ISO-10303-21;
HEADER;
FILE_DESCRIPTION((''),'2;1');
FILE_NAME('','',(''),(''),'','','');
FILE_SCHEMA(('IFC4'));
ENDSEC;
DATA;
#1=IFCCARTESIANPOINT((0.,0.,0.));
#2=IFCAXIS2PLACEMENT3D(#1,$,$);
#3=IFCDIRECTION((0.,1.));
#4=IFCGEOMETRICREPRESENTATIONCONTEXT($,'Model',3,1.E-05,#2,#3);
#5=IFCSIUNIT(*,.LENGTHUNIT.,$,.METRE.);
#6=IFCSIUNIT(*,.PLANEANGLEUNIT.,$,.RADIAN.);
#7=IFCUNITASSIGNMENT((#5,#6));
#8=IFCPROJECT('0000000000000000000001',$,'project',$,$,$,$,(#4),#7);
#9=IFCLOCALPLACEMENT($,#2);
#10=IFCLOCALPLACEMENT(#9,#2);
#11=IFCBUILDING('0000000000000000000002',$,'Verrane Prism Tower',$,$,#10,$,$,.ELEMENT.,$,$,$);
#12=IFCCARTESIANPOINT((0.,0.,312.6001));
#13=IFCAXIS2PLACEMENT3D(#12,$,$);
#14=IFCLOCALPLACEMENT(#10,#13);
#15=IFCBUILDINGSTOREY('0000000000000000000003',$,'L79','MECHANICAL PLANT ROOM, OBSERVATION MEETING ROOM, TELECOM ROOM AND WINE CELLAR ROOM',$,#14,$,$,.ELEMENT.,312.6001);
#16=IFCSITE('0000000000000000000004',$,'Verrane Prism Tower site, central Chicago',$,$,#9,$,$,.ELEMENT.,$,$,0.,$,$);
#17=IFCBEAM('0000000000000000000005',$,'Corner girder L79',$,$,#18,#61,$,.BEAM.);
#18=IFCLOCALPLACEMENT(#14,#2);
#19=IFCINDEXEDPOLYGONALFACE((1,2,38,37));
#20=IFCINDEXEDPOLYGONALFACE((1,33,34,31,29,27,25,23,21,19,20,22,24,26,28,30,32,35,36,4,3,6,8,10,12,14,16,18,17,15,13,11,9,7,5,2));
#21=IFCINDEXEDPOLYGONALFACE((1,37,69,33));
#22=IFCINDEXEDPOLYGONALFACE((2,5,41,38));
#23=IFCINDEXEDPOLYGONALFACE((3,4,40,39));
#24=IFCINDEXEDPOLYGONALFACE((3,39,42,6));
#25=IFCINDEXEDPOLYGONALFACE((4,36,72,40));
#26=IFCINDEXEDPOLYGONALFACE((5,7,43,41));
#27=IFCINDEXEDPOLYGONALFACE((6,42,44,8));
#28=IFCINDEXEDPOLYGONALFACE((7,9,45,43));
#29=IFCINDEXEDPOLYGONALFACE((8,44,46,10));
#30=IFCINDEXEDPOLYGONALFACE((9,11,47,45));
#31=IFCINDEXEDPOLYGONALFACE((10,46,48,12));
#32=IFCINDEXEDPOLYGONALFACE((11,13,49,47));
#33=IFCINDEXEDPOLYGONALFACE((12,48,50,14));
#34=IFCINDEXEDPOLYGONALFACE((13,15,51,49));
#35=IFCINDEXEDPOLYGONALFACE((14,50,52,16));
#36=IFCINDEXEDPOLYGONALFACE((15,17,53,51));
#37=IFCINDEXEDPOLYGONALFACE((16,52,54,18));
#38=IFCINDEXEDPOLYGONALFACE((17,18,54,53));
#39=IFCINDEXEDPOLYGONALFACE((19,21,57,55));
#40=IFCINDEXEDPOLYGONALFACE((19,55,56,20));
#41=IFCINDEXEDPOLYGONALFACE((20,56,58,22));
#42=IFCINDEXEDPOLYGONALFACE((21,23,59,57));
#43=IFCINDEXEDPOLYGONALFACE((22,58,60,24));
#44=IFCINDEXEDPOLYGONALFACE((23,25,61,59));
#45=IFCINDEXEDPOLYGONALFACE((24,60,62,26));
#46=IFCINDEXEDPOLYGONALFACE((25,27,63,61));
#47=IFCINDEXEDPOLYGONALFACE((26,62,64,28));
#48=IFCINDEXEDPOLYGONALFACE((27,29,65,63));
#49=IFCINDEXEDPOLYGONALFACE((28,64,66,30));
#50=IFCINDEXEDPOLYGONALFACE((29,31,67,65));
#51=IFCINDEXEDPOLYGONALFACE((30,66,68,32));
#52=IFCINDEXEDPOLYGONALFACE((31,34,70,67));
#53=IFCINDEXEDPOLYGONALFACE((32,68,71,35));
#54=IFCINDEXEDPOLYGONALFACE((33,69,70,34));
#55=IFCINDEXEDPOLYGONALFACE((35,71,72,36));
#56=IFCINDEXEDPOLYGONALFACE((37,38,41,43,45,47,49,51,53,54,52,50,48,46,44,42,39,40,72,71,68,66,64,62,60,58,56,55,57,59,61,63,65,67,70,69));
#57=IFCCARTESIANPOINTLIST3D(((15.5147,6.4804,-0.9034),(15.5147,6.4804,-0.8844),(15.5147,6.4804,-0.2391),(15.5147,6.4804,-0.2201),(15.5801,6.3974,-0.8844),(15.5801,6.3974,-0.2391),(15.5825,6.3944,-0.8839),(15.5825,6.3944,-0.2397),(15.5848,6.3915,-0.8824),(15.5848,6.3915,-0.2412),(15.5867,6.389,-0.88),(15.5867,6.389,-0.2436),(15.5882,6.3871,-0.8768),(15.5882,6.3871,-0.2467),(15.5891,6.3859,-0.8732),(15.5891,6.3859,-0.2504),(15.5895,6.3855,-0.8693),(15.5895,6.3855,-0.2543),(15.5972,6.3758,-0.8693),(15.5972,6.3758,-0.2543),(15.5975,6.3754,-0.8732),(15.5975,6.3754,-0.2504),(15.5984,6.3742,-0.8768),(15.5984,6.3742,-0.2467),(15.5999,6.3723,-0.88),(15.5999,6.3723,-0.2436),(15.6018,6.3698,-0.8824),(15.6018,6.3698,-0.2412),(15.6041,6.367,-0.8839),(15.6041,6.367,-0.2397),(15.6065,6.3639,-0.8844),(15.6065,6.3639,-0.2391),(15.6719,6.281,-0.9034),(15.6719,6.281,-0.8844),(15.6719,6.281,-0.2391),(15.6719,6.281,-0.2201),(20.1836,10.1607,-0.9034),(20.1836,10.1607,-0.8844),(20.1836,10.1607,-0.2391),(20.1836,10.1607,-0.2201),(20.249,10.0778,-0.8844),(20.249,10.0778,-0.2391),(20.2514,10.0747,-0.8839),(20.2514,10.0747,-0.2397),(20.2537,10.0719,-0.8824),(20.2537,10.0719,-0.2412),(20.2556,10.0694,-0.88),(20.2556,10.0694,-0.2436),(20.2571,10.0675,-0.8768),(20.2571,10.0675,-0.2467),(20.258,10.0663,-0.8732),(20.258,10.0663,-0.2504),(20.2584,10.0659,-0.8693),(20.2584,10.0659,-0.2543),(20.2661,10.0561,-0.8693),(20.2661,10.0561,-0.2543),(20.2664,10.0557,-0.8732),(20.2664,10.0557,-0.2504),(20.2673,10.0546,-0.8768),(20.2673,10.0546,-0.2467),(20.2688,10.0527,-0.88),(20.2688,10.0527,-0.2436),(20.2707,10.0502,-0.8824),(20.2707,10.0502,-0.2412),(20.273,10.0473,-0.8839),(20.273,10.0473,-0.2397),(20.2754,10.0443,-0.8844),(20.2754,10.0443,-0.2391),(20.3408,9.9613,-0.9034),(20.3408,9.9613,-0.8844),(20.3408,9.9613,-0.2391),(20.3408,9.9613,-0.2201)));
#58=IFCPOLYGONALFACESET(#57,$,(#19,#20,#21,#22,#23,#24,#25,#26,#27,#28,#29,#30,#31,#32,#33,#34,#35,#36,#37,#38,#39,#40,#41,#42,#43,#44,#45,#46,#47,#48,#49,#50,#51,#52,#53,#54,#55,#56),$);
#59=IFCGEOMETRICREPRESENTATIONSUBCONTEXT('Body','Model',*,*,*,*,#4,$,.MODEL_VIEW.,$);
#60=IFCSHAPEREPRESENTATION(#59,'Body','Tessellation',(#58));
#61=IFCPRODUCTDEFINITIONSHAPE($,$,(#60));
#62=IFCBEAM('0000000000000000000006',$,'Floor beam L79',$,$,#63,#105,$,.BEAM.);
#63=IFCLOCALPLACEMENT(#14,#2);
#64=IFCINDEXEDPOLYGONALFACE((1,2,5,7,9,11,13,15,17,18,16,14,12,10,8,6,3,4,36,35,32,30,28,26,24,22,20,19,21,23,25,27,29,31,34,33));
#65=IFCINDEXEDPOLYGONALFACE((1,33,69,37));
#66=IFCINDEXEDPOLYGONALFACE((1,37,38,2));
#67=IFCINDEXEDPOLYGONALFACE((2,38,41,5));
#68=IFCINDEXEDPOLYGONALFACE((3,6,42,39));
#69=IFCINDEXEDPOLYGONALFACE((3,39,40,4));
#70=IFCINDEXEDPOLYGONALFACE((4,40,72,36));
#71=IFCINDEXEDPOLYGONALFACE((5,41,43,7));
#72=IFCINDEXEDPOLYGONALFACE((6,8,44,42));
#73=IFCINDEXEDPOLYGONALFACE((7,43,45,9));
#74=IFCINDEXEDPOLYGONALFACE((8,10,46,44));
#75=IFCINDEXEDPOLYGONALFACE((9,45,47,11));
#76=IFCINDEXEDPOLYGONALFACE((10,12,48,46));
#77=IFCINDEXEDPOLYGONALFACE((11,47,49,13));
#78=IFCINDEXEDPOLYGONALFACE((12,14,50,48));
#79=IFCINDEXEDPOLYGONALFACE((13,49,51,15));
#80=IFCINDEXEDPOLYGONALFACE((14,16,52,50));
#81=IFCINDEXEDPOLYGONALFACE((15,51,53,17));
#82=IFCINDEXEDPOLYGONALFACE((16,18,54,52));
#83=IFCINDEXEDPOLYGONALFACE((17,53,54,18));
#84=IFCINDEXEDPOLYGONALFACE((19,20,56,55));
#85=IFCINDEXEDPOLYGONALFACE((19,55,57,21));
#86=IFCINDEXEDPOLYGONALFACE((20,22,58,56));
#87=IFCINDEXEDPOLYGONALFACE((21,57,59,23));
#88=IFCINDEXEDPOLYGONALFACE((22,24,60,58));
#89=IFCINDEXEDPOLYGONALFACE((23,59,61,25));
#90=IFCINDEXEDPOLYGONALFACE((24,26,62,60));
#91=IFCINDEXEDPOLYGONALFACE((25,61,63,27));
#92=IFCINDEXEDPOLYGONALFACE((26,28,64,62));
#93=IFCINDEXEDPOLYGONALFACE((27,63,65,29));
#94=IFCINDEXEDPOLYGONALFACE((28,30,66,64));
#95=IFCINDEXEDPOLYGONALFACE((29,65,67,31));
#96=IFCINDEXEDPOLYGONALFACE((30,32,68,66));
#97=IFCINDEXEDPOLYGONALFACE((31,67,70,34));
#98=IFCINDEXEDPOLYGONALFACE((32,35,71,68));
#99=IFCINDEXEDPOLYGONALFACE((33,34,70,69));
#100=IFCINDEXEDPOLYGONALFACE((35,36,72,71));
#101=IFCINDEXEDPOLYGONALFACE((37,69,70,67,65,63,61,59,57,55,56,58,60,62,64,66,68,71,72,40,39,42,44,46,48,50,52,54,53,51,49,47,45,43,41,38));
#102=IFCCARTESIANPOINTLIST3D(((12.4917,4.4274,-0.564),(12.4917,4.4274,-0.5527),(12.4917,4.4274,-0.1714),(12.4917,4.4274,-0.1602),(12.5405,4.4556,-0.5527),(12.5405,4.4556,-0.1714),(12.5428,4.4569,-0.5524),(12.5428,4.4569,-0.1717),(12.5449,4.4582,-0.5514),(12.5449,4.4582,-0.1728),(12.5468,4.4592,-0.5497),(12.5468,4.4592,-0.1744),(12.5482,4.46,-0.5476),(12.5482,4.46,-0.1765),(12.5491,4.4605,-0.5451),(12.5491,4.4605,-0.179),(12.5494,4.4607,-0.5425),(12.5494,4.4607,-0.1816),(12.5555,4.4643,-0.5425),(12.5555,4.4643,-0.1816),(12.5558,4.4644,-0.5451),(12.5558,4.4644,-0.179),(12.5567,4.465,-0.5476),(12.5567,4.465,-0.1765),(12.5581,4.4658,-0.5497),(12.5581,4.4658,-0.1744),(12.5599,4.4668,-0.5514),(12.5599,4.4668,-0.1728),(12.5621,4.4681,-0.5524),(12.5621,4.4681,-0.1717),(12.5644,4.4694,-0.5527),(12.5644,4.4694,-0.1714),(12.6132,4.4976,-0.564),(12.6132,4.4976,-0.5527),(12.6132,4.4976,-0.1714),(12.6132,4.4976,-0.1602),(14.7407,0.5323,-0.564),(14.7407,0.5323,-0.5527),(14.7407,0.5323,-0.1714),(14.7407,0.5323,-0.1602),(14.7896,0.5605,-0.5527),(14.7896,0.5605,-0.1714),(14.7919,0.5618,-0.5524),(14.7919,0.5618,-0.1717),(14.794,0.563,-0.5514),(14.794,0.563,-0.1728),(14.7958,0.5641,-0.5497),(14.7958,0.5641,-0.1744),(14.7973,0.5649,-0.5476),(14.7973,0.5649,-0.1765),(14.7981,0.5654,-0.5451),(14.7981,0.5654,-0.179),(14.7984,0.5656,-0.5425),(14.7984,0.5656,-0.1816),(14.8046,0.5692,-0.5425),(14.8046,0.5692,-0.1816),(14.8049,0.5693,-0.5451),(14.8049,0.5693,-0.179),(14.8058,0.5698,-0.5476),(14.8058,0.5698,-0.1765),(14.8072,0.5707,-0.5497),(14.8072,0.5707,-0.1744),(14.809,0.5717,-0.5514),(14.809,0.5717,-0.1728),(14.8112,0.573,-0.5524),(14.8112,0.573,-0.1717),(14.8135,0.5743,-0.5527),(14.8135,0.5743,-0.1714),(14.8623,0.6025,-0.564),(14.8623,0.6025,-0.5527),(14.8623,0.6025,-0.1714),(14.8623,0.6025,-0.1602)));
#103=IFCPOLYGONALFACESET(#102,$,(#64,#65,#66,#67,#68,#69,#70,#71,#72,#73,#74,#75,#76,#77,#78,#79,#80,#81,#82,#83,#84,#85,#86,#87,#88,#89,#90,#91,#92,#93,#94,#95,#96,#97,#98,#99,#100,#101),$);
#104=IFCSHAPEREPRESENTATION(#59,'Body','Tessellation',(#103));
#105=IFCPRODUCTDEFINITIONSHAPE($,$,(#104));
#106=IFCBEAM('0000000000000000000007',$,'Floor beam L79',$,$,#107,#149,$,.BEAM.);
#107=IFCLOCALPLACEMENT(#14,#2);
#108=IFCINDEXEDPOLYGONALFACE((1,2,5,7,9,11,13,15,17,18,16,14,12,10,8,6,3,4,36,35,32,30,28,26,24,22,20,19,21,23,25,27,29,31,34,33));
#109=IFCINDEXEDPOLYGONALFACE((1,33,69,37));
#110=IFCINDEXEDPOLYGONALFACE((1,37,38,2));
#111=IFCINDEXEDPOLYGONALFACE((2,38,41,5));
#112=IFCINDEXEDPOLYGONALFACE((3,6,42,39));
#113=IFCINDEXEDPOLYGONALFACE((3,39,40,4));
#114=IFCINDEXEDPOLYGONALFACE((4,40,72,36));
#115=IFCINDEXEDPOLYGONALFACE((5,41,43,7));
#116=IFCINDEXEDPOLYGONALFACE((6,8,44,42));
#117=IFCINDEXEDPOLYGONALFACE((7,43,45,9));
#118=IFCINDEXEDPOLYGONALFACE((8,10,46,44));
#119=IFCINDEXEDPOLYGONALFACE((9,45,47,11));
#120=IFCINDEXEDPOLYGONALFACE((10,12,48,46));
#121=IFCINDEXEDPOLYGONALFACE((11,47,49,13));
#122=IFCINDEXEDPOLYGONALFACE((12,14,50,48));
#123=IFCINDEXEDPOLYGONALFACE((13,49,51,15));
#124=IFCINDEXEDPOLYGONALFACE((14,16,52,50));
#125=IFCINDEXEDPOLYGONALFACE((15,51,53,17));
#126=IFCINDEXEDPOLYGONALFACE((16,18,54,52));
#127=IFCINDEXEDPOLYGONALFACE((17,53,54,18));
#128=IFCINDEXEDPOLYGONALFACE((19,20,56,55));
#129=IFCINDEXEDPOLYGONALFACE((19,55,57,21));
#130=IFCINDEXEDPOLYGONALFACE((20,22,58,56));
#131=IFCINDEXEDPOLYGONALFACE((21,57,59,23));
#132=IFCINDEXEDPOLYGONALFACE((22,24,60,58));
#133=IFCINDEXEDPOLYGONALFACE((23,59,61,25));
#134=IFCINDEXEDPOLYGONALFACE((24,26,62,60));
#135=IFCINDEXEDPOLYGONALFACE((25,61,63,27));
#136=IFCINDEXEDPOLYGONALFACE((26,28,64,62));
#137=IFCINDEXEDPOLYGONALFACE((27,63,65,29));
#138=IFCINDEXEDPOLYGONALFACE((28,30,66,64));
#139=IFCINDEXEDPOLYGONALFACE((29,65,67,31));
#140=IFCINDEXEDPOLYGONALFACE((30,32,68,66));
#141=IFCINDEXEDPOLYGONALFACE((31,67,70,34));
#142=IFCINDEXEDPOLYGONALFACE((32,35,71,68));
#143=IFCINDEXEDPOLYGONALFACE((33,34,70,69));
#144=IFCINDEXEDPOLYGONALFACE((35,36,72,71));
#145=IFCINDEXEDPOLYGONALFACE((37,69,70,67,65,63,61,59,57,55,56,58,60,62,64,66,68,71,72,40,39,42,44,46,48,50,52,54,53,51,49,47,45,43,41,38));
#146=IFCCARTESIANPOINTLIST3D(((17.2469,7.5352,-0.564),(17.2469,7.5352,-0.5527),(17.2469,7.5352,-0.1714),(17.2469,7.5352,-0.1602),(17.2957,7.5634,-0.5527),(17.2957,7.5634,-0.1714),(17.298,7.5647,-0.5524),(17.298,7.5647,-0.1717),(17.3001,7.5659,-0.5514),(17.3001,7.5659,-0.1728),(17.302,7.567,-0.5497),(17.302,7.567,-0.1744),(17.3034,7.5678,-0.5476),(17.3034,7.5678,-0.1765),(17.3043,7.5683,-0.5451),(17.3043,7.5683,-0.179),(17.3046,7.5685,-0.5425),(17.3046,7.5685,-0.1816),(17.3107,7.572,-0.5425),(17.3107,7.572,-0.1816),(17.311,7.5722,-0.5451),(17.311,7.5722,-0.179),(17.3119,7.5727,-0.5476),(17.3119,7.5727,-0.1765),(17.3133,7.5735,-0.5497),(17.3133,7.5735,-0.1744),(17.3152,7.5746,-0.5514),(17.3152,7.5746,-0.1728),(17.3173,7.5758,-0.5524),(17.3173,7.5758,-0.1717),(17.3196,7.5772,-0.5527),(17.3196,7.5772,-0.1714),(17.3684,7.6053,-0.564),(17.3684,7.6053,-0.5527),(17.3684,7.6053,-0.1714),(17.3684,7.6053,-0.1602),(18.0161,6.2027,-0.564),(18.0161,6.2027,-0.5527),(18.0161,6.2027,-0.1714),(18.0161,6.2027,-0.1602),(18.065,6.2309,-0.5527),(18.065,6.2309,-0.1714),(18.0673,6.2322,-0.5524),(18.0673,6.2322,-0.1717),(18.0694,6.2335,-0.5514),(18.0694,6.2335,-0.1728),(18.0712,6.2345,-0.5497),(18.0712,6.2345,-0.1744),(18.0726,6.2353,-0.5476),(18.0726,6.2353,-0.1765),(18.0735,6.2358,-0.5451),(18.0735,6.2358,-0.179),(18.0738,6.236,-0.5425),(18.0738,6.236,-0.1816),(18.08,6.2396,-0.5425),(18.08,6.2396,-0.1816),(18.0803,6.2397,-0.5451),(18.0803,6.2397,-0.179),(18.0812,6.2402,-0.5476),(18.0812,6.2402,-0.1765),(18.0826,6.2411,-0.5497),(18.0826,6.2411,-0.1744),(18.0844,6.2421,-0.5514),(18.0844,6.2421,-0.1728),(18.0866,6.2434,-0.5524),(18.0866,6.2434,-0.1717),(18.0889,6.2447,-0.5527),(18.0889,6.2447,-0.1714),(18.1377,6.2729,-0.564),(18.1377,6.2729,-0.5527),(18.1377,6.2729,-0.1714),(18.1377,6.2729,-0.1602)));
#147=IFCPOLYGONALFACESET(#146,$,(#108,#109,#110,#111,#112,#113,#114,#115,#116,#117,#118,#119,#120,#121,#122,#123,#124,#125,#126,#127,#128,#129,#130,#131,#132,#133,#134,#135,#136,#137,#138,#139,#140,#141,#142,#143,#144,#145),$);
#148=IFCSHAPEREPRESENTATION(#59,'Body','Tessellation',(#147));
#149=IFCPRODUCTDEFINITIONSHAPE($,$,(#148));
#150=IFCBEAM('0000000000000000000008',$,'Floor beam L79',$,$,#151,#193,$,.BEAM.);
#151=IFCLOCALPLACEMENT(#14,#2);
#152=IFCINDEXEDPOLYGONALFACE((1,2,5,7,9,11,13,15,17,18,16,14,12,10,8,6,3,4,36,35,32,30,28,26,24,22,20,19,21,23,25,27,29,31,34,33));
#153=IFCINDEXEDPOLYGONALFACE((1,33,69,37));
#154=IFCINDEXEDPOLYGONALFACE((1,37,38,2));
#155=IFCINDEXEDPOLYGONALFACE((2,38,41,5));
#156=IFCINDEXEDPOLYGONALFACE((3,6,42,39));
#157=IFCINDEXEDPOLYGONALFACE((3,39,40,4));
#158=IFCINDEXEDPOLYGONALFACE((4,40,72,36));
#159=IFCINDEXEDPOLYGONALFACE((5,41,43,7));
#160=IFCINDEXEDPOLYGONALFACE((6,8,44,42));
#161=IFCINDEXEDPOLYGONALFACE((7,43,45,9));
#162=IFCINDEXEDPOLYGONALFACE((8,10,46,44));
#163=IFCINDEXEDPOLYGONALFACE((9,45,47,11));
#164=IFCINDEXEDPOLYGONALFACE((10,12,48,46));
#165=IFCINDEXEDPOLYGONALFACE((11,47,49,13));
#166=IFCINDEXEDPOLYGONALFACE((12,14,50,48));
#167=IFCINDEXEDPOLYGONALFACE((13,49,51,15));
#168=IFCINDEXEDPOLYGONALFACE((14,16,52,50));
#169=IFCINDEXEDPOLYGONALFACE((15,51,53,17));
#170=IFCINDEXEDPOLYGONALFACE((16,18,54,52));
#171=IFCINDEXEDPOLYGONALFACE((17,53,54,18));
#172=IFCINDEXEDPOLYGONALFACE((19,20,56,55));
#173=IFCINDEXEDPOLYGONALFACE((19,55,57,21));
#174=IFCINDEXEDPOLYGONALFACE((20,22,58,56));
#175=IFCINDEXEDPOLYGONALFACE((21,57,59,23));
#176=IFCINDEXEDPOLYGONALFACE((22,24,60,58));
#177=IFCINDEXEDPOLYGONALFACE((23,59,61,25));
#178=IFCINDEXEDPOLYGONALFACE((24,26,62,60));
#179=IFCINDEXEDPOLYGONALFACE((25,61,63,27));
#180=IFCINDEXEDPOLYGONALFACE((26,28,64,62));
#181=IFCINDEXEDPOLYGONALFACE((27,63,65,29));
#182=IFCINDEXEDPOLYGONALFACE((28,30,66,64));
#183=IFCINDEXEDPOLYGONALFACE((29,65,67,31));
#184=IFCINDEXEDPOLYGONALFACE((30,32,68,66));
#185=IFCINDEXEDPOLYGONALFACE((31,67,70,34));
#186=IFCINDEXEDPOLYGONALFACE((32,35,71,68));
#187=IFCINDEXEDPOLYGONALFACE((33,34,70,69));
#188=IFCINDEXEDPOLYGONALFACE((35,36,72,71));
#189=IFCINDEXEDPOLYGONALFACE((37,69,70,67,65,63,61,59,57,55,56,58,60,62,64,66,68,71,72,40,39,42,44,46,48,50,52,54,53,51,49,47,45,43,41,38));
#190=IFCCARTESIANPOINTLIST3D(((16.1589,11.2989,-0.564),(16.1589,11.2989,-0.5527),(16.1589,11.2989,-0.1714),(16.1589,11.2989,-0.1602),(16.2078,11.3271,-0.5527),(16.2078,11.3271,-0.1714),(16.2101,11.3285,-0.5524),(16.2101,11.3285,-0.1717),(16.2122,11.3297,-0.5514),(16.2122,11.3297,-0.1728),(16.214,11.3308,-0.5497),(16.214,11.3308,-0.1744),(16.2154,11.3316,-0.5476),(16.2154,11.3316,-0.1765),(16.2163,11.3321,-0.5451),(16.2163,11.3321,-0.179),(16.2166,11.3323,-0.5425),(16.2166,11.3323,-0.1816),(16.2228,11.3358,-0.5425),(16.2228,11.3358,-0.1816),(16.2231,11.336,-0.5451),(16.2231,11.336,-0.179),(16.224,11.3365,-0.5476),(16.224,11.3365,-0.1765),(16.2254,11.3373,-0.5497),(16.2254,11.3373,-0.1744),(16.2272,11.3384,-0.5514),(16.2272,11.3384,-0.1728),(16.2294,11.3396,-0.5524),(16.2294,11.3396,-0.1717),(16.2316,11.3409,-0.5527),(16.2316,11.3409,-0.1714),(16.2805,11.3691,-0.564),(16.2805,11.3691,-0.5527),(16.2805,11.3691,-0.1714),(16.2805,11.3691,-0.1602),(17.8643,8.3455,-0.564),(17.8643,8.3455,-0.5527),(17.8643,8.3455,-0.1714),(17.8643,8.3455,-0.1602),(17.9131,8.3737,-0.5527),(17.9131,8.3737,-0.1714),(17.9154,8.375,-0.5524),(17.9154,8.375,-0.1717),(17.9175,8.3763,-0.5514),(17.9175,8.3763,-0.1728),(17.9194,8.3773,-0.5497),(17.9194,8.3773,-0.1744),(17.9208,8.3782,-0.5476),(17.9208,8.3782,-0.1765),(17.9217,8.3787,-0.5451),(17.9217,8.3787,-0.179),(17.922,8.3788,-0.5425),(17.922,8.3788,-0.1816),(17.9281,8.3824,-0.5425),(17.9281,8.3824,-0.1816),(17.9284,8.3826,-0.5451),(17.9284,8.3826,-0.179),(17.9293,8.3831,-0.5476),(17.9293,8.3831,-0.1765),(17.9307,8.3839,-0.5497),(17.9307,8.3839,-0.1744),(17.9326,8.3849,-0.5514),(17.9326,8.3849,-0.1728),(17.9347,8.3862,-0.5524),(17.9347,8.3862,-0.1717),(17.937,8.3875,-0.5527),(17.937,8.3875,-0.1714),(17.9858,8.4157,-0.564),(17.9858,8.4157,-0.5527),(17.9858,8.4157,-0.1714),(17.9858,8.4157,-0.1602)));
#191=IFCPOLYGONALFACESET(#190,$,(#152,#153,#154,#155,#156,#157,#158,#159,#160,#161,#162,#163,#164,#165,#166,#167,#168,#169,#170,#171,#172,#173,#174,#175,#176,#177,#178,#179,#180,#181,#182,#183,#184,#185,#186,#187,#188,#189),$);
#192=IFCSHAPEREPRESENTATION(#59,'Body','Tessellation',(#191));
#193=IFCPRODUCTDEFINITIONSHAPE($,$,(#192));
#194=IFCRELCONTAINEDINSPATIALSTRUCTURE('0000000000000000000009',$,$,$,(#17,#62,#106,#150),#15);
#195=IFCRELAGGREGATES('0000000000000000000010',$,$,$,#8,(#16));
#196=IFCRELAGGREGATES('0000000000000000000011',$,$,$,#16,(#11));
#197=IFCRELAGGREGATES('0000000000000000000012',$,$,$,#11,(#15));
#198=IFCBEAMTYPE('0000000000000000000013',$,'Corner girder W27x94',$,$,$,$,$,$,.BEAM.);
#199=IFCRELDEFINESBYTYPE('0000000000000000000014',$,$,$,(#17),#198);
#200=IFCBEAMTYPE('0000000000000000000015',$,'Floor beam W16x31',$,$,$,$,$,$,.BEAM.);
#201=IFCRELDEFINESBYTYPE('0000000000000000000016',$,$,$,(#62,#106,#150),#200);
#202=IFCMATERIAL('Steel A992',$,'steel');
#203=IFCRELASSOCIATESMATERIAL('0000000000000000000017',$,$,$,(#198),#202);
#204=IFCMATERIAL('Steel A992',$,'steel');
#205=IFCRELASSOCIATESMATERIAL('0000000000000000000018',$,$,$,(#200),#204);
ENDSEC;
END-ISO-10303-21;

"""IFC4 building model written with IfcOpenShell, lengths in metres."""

from ifc_helpers import new_model, si_unit, direction, frame, origin, origin_2d, place, context, subcontext, project, spatial, i_section, extrude, material, material_profile, profile_set, type_object, element, save


model = new_model("IFC4")

# Units and contexts
model_context = context("Model", 3, precision=1e-05, world=origin(), true_north=direction((0.0, 1.0)))
body_context = subcontext(model_context, "Body", "Model", "MODEL_VIEW")
ifc_project = project(units=[si_unit("LENGTHUNIT", "METRE"), si_unit("PLANEANGLEUNIT", "RADIAN")], contexts=[model_context])

# Site, building, storey
site_placement = place(None, origin())
site = spatial("IfcSite", under=ifc_project, at=site_placement, Name="Verrane Prism Tower site, central Chicago", CompositionType="ELEMENT", RefElevation=0.0)
building_placement = place(site_placement, origin())
building = spatial("IfcBuilding", under=site, at=building_placement, Name="Verrane Prism Tower", CompositionType="ELEMENT")
storey_placement = place(building_placement, frame((0.0, 0.0, 312.6001)))
storey = spatial("IfcBuildingStorey", under=building, at=storey_placement, Name="L79", Description="MECHANICAL PLANT ROOM, OBSERVATION MEETING ROOM, TELECOM ROOM AND WINE CELLAR ROOM", CompositionType="ELEMENT", Elevation=312.6001)

# Beams
ifc_material_1 = material(Name="Steel A992", Category="steel")
ifc_material_profile_1 = material_profile(ifc_material_1, i_section(OverallWidth=0.2539, OverallDepth=0.6833, WebThickness=0.0125, FlangeThickness=0.019, FilletRadius=0.0151, at=origin_2d()), Name="W27x94")
ifc_profile_set_1 = profile_set([ifc_material_profile_1], Name="Steel A992")
beam_type_1 = type_object("IfcBeamType", Name="Corner girder W27x94", PredefinedType="BEAM", material=ifc_profile_set_1)
beam_1_placement = place(storey_placement, frame((20.2622, 10.061, -0.5618), z_axis=(-0.78534, -0.619065, 0.0), x_axis=(0.619065, -0.78534, 0.0)))
element("IfcBeam", 1, at=beam_1_placement, inside=storey, type_object=beam_type_1, Name="Corner girder L79", PredefinedType="BEAM", context=body_context, shape_type="SweptSolid", body=[
    extrude(i_section(OverallWidth=0.2539, OverallDepth=0.6833, WebThickness=0.0125, FlangeThickness=0.019, FilletRadius=0.0151, at=origin_2d()), origin(), (0.0, 0.0, 1.0), 5.9451),
])
ifc_material_2 = material(Name="Steel A992", Category="steel")
ifc_material_profile_2 = material_profile(ifc_material_2, i_section(OverallWidth=0.1404, OverallDepth=0.4038, WebThickness=0.0071, FlangeThickness=0.0112, FilletRadius=0.0103, at=origin_2d()), Name="W16x31")
ifc_profile_set_2 = profile_set([ifc_material_profile_2], Name="Steel A992")
beam_type_2 = type_object("IfcBeamType", Name="Floor beam W16x31", PredefinedType="BEAM", material=ifc_profile_set_2)
beam_2_placement = place(storey_placement, frame((14.8015, 0.5674, -0.3621), z_axis=(-0.500039, 0.866003, 0.0), x_axis=(-0.866003, -0.500039, 0.0)))
element("IfcBeam", 2, at=beam_2_placement, inside=storey, type_object=beam_type_2, Name="Floor beam L79", PredefinedType="BEAM", context=body_context, shape_type="SweptSolid", body=[
    extrude(i_section(OverallWidth=0.1404, OverallDepth=0.4038, WebThickness=0.0071, FlangeThickness=0.0112, FilletRadius=0.0103, at=origin_2d()), origin(), (0.0, 0.0, 1.0), 4.4978),
])
beam_3_placement = place(storey_placement, frame((18.0769, 6.2378, -0.3621), z_axis=(-0.499979, 0.866038, 0.0), x_axis=(-0.866038, -0.499979, 0.0)))
element("IfcBeam", 3, at=beam_3_placement, inside=storey, type_object=beam_type_2, Name="Floor beam L79", PredefinedType="BEAM", context=body_context, shape_type="SweptSolid", body=[
    extrude(i_section(OverallWidth=0.1404, OverallDepth=0.4038, WebThickness=0.0071, FlangeThickness=0.0112, FilletRadius=0.0103, at=origin_2d()), origin(), (0.0, 0.0, 1.0), 1.5386),
])
beam_4_placement = place(storey_placement, frame((17.925, 8.3806, -0.3621), z_axis=(-0.500043, 0.866001, 0.0), x_axis=(-0.866001, -0.500043, 0.0)))
element("IfcBeam", 4, at=beam_4_placement, inside=storey, type_object=beam_type_2, Name="Floor beam L79", PredefinedType="BEAM", context=body_context, shape_type="SweptSolid", body=[
    extrude(i_section(OverallWidth=0.1404, OverallDepth=0.4038, WebThickness=0.0071, FlangeThickness=0.0112, FilletRadius=0.0103, at=origin_2d()), origin(), (0.0, 0.0, 1.0), 3.4104),
])

save(model, "model.ifc")
